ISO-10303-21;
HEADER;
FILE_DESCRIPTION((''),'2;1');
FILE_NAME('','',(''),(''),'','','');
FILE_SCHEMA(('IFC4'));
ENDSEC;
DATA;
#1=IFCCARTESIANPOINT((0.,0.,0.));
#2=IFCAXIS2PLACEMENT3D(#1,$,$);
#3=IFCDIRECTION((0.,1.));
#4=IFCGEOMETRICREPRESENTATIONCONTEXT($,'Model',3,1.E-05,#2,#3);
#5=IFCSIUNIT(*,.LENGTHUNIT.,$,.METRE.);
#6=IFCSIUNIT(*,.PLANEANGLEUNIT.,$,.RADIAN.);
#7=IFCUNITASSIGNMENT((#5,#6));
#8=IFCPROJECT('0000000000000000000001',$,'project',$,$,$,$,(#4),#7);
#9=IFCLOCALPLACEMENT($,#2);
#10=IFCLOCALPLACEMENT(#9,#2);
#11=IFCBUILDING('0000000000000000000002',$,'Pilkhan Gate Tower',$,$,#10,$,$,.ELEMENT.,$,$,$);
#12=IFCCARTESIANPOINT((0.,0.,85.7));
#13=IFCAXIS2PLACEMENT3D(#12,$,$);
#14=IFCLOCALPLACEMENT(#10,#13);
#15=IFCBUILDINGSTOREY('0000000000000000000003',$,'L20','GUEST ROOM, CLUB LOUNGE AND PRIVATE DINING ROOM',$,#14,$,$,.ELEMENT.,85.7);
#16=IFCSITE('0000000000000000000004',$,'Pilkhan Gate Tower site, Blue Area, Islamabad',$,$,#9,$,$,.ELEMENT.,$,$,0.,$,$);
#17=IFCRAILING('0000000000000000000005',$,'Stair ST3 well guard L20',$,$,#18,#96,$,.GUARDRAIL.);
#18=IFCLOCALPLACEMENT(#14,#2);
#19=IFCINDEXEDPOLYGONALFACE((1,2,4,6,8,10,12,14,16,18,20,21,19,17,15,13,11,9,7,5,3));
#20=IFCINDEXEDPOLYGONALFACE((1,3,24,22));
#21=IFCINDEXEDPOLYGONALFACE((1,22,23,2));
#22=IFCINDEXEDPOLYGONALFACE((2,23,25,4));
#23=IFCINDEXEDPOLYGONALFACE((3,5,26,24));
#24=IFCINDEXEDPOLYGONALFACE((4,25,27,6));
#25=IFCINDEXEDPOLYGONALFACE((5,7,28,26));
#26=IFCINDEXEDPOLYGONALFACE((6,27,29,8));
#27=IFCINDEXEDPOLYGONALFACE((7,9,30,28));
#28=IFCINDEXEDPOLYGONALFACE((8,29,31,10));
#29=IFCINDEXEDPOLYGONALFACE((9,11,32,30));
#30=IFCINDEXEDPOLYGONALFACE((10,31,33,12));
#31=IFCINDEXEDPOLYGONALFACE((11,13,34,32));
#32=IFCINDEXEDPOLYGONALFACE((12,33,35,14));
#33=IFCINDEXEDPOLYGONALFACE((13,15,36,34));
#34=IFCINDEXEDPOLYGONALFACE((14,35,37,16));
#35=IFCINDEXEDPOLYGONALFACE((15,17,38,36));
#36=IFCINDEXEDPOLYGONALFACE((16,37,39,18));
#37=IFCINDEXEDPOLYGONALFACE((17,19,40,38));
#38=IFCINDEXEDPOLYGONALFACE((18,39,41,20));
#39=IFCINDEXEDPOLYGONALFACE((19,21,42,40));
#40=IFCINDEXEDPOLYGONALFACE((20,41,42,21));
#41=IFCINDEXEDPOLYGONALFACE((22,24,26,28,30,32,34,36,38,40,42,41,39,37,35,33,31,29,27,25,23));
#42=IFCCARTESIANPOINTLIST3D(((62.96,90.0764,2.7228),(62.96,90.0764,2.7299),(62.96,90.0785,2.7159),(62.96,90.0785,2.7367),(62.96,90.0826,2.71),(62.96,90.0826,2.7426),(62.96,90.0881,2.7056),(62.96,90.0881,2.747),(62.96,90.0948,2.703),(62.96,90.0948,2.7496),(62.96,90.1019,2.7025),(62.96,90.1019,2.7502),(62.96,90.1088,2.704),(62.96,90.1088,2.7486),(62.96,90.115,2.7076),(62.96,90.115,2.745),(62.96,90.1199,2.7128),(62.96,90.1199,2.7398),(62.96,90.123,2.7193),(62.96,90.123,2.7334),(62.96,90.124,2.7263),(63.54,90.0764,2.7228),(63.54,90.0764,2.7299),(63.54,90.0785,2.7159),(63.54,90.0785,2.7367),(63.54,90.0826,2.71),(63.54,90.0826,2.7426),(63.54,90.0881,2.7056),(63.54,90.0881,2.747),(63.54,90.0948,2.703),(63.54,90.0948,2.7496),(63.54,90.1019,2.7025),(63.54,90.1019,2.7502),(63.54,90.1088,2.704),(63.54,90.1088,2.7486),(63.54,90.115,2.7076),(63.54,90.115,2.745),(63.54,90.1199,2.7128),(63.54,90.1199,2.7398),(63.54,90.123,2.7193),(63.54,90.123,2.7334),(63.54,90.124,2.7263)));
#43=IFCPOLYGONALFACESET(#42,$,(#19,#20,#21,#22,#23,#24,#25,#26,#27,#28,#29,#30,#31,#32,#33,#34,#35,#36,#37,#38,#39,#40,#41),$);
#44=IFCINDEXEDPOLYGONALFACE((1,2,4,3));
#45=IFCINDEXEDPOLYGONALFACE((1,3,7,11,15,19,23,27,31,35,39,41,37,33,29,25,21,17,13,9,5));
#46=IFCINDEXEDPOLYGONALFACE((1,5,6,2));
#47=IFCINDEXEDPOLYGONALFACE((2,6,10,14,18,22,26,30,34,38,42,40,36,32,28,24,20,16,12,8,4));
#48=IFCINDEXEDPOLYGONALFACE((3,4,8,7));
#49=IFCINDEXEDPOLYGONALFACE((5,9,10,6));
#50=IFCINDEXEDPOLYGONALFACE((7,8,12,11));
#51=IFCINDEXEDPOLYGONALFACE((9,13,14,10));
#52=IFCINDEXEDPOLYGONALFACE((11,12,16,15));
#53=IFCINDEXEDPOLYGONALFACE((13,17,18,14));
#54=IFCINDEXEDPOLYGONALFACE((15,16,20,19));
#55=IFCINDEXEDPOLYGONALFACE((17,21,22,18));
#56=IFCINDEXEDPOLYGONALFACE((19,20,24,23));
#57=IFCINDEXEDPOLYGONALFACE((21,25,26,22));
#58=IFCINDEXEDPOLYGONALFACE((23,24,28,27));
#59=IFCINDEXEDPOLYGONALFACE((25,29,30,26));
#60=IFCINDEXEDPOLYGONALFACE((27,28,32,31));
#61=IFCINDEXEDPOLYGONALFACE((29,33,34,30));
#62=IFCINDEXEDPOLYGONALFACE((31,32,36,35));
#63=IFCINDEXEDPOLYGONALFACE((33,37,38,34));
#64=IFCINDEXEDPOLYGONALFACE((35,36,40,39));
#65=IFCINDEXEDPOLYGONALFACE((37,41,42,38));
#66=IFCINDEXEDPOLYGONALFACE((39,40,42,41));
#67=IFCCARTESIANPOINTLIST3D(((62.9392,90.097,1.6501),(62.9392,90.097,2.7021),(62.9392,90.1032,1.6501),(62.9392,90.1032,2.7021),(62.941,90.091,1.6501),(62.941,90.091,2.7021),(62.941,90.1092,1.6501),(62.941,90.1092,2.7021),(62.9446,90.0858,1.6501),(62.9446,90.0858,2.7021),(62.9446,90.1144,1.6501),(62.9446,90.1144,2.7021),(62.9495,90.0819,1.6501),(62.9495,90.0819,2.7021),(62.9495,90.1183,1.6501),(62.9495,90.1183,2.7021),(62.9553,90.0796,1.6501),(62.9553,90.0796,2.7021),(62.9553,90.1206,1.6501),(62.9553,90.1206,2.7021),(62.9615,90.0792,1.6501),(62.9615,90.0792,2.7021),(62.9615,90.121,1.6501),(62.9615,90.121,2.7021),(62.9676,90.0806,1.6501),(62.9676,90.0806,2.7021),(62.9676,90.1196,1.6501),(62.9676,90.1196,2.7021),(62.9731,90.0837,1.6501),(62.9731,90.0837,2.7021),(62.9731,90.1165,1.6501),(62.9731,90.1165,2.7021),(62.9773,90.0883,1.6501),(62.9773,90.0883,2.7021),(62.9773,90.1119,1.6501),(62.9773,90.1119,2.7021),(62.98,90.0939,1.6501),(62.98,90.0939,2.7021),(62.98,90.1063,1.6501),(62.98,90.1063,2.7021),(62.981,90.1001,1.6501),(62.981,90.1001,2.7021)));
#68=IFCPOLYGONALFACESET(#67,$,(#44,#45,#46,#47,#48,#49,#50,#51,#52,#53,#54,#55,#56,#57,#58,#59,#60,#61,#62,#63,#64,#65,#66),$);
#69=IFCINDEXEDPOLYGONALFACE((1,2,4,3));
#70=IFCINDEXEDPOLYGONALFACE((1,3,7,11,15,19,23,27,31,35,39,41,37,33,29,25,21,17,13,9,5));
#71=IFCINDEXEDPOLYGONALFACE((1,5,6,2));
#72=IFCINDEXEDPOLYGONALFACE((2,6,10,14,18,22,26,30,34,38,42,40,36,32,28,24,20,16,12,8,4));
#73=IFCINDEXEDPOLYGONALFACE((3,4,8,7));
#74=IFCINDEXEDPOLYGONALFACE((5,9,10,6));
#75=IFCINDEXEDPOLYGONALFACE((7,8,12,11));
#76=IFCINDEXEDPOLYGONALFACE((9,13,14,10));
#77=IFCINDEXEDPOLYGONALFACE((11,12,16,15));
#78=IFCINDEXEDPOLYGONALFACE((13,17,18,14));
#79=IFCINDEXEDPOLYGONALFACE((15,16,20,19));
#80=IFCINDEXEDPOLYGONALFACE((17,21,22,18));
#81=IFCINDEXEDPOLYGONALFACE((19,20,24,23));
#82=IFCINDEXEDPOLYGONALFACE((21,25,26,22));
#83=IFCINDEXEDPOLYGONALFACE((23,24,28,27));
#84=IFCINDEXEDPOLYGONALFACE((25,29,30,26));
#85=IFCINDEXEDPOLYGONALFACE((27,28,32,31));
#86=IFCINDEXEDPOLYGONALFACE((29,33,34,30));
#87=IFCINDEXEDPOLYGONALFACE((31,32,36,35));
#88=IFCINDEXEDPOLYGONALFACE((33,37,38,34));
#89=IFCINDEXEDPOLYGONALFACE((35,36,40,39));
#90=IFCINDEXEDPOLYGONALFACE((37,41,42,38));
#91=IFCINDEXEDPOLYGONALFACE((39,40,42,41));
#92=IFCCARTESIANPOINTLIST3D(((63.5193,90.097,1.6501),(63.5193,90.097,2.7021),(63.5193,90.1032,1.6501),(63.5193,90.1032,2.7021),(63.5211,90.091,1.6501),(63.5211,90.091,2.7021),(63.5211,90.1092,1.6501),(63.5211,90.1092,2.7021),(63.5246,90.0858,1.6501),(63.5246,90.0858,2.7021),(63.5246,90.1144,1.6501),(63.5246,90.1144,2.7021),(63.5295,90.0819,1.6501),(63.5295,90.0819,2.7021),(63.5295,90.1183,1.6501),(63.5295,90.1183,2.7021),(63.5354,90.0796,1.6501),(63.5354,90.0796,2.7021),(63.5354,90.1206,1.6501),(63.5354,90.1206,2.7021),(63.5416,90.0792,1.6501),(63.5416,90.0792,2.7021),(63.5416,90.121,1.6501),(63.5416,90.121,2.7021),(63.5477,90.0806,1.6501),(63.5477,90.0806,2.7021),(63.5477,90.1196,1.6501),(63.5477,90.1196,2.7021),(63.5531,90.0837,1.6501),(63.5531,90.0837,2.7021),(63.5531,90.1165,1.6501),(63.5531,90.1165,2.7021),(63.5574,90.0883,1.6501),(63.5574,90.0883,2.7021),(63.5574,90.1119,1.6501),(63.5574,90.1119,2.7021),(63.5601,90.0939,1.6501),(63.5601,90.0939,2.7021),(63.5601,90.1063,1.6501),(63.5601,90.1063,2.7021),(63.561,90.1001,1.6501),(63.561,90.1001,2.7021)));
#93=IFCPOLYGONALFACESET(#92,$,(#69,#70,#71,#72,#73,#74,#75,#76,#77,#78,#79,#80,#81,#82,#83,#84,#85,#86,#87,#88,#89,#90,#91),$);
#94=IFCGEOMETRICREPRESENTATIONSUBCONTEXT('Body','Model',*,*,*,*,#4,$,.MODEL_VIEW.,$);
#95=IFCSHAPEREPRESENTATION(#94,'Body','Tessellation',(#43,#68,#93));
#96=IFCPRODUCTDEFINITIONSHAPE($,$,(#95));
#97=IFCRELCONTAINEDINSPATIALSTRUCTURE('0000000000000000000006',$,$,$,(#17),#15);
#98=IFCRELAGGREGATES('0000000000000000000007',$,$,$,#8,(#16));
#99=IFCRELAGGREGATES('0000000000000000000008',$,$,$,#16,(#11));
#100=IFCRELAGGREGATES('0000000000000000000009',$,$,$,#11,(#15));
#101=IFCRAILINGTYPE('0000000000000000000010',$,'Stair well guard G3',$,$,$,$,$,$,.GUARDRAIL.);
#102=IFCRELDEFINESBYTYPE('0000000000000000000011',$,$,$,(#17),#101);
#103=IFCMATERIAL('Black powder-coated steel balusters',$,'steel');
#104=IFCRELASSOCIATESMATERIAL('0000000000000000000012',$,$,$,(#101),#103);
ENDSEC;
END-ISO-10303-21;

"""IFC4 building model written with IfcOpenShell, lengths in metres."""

from ifc_helpers import new_model, si_unit, direction, frame, origin, origin_2d, place, context, subcontext, project, spatial, circle, extrude, material, type_object, element, save


model = new_model("IFC4")

# Units and contexts
model_context = context("Model", 3, precision=1e-05, world=origin(), true_north=direction((0.0, 1.0)))
body_context = subcontext(model_context, "Body", "Model", "MODEL_VIEW")
ifc_project = project(units=[si_unit("LENGTHUNIT", "METRE"), si_unit("PLANEANGLEUNIT", "RADIAN")], contexts=[model_context])

# Site, building, storey
site_placement = place(None, origin())
site = spatial("IfcSite", under=ifc_project, at=site_placement, Name="Pilkhan Gate Tower site, Blue Area, Islamabad", CompositionType="ELEMENT", RefElevation=0.0)
building_placement = place(site_placement, origin())
building = spatial("IfcBuilding", under=site, at=building_placement, Name="Pilkhan Gate Tower", CompositionType="ELEMENT")
storey_placement = place(building_placement, frame((0.0, 0.0, 85.7)))
storey = spatial("IfcBuildingStorey", under=building, at=storey_placement, Name="L20", Description="GUEST ROOM, CLUB LOUNGE AND PRIVATE DINING ROOM", CompositionType="ELEMENT", Elevation=85.7)

# Railing
ifc_material_1 = material(Name="Black powder-coated steel balusters", Category="steel")
railing_type_1 = type_object("IfcRailingType", Name="Stair well guard G3", PredefinedType="GUARDRAIL", material=ifc_material_1)
for number, where, name in (
    (1, (62.96, 90.1001, 1.6501), "Stair ST3 well guard L20"),
):
    element("IfcRailing", number, at=place(storey_placement, frame(where)), inside=storey, type_object=railing_type_1, Name=name, PredefinedType="GUARDRAIL", context=body_context, shape_type="SweptSolid", body=[
        extrude(circle(Radius=0.0239, at=origin_2d()), frame((0.0, 0.0, 1.0762), z_axis=(1.0, 0.0, 0.0), x_axis=(0.0, 1.0, 0.0)), (0.0, 0.0, 1.0), 0.5801),
        extrude(circle(Radius=0.021, at=origin_2d()), origin(), (0.0, 0.0, 1.0), 1.052),
        extrude(circle(Radius=0.021, at=origin_2d()), frame((0.5801, 0.0, 0.0)), (0.0, 0.0, 1.0), 1.052),
    ])

save(model, "model.ifc")
